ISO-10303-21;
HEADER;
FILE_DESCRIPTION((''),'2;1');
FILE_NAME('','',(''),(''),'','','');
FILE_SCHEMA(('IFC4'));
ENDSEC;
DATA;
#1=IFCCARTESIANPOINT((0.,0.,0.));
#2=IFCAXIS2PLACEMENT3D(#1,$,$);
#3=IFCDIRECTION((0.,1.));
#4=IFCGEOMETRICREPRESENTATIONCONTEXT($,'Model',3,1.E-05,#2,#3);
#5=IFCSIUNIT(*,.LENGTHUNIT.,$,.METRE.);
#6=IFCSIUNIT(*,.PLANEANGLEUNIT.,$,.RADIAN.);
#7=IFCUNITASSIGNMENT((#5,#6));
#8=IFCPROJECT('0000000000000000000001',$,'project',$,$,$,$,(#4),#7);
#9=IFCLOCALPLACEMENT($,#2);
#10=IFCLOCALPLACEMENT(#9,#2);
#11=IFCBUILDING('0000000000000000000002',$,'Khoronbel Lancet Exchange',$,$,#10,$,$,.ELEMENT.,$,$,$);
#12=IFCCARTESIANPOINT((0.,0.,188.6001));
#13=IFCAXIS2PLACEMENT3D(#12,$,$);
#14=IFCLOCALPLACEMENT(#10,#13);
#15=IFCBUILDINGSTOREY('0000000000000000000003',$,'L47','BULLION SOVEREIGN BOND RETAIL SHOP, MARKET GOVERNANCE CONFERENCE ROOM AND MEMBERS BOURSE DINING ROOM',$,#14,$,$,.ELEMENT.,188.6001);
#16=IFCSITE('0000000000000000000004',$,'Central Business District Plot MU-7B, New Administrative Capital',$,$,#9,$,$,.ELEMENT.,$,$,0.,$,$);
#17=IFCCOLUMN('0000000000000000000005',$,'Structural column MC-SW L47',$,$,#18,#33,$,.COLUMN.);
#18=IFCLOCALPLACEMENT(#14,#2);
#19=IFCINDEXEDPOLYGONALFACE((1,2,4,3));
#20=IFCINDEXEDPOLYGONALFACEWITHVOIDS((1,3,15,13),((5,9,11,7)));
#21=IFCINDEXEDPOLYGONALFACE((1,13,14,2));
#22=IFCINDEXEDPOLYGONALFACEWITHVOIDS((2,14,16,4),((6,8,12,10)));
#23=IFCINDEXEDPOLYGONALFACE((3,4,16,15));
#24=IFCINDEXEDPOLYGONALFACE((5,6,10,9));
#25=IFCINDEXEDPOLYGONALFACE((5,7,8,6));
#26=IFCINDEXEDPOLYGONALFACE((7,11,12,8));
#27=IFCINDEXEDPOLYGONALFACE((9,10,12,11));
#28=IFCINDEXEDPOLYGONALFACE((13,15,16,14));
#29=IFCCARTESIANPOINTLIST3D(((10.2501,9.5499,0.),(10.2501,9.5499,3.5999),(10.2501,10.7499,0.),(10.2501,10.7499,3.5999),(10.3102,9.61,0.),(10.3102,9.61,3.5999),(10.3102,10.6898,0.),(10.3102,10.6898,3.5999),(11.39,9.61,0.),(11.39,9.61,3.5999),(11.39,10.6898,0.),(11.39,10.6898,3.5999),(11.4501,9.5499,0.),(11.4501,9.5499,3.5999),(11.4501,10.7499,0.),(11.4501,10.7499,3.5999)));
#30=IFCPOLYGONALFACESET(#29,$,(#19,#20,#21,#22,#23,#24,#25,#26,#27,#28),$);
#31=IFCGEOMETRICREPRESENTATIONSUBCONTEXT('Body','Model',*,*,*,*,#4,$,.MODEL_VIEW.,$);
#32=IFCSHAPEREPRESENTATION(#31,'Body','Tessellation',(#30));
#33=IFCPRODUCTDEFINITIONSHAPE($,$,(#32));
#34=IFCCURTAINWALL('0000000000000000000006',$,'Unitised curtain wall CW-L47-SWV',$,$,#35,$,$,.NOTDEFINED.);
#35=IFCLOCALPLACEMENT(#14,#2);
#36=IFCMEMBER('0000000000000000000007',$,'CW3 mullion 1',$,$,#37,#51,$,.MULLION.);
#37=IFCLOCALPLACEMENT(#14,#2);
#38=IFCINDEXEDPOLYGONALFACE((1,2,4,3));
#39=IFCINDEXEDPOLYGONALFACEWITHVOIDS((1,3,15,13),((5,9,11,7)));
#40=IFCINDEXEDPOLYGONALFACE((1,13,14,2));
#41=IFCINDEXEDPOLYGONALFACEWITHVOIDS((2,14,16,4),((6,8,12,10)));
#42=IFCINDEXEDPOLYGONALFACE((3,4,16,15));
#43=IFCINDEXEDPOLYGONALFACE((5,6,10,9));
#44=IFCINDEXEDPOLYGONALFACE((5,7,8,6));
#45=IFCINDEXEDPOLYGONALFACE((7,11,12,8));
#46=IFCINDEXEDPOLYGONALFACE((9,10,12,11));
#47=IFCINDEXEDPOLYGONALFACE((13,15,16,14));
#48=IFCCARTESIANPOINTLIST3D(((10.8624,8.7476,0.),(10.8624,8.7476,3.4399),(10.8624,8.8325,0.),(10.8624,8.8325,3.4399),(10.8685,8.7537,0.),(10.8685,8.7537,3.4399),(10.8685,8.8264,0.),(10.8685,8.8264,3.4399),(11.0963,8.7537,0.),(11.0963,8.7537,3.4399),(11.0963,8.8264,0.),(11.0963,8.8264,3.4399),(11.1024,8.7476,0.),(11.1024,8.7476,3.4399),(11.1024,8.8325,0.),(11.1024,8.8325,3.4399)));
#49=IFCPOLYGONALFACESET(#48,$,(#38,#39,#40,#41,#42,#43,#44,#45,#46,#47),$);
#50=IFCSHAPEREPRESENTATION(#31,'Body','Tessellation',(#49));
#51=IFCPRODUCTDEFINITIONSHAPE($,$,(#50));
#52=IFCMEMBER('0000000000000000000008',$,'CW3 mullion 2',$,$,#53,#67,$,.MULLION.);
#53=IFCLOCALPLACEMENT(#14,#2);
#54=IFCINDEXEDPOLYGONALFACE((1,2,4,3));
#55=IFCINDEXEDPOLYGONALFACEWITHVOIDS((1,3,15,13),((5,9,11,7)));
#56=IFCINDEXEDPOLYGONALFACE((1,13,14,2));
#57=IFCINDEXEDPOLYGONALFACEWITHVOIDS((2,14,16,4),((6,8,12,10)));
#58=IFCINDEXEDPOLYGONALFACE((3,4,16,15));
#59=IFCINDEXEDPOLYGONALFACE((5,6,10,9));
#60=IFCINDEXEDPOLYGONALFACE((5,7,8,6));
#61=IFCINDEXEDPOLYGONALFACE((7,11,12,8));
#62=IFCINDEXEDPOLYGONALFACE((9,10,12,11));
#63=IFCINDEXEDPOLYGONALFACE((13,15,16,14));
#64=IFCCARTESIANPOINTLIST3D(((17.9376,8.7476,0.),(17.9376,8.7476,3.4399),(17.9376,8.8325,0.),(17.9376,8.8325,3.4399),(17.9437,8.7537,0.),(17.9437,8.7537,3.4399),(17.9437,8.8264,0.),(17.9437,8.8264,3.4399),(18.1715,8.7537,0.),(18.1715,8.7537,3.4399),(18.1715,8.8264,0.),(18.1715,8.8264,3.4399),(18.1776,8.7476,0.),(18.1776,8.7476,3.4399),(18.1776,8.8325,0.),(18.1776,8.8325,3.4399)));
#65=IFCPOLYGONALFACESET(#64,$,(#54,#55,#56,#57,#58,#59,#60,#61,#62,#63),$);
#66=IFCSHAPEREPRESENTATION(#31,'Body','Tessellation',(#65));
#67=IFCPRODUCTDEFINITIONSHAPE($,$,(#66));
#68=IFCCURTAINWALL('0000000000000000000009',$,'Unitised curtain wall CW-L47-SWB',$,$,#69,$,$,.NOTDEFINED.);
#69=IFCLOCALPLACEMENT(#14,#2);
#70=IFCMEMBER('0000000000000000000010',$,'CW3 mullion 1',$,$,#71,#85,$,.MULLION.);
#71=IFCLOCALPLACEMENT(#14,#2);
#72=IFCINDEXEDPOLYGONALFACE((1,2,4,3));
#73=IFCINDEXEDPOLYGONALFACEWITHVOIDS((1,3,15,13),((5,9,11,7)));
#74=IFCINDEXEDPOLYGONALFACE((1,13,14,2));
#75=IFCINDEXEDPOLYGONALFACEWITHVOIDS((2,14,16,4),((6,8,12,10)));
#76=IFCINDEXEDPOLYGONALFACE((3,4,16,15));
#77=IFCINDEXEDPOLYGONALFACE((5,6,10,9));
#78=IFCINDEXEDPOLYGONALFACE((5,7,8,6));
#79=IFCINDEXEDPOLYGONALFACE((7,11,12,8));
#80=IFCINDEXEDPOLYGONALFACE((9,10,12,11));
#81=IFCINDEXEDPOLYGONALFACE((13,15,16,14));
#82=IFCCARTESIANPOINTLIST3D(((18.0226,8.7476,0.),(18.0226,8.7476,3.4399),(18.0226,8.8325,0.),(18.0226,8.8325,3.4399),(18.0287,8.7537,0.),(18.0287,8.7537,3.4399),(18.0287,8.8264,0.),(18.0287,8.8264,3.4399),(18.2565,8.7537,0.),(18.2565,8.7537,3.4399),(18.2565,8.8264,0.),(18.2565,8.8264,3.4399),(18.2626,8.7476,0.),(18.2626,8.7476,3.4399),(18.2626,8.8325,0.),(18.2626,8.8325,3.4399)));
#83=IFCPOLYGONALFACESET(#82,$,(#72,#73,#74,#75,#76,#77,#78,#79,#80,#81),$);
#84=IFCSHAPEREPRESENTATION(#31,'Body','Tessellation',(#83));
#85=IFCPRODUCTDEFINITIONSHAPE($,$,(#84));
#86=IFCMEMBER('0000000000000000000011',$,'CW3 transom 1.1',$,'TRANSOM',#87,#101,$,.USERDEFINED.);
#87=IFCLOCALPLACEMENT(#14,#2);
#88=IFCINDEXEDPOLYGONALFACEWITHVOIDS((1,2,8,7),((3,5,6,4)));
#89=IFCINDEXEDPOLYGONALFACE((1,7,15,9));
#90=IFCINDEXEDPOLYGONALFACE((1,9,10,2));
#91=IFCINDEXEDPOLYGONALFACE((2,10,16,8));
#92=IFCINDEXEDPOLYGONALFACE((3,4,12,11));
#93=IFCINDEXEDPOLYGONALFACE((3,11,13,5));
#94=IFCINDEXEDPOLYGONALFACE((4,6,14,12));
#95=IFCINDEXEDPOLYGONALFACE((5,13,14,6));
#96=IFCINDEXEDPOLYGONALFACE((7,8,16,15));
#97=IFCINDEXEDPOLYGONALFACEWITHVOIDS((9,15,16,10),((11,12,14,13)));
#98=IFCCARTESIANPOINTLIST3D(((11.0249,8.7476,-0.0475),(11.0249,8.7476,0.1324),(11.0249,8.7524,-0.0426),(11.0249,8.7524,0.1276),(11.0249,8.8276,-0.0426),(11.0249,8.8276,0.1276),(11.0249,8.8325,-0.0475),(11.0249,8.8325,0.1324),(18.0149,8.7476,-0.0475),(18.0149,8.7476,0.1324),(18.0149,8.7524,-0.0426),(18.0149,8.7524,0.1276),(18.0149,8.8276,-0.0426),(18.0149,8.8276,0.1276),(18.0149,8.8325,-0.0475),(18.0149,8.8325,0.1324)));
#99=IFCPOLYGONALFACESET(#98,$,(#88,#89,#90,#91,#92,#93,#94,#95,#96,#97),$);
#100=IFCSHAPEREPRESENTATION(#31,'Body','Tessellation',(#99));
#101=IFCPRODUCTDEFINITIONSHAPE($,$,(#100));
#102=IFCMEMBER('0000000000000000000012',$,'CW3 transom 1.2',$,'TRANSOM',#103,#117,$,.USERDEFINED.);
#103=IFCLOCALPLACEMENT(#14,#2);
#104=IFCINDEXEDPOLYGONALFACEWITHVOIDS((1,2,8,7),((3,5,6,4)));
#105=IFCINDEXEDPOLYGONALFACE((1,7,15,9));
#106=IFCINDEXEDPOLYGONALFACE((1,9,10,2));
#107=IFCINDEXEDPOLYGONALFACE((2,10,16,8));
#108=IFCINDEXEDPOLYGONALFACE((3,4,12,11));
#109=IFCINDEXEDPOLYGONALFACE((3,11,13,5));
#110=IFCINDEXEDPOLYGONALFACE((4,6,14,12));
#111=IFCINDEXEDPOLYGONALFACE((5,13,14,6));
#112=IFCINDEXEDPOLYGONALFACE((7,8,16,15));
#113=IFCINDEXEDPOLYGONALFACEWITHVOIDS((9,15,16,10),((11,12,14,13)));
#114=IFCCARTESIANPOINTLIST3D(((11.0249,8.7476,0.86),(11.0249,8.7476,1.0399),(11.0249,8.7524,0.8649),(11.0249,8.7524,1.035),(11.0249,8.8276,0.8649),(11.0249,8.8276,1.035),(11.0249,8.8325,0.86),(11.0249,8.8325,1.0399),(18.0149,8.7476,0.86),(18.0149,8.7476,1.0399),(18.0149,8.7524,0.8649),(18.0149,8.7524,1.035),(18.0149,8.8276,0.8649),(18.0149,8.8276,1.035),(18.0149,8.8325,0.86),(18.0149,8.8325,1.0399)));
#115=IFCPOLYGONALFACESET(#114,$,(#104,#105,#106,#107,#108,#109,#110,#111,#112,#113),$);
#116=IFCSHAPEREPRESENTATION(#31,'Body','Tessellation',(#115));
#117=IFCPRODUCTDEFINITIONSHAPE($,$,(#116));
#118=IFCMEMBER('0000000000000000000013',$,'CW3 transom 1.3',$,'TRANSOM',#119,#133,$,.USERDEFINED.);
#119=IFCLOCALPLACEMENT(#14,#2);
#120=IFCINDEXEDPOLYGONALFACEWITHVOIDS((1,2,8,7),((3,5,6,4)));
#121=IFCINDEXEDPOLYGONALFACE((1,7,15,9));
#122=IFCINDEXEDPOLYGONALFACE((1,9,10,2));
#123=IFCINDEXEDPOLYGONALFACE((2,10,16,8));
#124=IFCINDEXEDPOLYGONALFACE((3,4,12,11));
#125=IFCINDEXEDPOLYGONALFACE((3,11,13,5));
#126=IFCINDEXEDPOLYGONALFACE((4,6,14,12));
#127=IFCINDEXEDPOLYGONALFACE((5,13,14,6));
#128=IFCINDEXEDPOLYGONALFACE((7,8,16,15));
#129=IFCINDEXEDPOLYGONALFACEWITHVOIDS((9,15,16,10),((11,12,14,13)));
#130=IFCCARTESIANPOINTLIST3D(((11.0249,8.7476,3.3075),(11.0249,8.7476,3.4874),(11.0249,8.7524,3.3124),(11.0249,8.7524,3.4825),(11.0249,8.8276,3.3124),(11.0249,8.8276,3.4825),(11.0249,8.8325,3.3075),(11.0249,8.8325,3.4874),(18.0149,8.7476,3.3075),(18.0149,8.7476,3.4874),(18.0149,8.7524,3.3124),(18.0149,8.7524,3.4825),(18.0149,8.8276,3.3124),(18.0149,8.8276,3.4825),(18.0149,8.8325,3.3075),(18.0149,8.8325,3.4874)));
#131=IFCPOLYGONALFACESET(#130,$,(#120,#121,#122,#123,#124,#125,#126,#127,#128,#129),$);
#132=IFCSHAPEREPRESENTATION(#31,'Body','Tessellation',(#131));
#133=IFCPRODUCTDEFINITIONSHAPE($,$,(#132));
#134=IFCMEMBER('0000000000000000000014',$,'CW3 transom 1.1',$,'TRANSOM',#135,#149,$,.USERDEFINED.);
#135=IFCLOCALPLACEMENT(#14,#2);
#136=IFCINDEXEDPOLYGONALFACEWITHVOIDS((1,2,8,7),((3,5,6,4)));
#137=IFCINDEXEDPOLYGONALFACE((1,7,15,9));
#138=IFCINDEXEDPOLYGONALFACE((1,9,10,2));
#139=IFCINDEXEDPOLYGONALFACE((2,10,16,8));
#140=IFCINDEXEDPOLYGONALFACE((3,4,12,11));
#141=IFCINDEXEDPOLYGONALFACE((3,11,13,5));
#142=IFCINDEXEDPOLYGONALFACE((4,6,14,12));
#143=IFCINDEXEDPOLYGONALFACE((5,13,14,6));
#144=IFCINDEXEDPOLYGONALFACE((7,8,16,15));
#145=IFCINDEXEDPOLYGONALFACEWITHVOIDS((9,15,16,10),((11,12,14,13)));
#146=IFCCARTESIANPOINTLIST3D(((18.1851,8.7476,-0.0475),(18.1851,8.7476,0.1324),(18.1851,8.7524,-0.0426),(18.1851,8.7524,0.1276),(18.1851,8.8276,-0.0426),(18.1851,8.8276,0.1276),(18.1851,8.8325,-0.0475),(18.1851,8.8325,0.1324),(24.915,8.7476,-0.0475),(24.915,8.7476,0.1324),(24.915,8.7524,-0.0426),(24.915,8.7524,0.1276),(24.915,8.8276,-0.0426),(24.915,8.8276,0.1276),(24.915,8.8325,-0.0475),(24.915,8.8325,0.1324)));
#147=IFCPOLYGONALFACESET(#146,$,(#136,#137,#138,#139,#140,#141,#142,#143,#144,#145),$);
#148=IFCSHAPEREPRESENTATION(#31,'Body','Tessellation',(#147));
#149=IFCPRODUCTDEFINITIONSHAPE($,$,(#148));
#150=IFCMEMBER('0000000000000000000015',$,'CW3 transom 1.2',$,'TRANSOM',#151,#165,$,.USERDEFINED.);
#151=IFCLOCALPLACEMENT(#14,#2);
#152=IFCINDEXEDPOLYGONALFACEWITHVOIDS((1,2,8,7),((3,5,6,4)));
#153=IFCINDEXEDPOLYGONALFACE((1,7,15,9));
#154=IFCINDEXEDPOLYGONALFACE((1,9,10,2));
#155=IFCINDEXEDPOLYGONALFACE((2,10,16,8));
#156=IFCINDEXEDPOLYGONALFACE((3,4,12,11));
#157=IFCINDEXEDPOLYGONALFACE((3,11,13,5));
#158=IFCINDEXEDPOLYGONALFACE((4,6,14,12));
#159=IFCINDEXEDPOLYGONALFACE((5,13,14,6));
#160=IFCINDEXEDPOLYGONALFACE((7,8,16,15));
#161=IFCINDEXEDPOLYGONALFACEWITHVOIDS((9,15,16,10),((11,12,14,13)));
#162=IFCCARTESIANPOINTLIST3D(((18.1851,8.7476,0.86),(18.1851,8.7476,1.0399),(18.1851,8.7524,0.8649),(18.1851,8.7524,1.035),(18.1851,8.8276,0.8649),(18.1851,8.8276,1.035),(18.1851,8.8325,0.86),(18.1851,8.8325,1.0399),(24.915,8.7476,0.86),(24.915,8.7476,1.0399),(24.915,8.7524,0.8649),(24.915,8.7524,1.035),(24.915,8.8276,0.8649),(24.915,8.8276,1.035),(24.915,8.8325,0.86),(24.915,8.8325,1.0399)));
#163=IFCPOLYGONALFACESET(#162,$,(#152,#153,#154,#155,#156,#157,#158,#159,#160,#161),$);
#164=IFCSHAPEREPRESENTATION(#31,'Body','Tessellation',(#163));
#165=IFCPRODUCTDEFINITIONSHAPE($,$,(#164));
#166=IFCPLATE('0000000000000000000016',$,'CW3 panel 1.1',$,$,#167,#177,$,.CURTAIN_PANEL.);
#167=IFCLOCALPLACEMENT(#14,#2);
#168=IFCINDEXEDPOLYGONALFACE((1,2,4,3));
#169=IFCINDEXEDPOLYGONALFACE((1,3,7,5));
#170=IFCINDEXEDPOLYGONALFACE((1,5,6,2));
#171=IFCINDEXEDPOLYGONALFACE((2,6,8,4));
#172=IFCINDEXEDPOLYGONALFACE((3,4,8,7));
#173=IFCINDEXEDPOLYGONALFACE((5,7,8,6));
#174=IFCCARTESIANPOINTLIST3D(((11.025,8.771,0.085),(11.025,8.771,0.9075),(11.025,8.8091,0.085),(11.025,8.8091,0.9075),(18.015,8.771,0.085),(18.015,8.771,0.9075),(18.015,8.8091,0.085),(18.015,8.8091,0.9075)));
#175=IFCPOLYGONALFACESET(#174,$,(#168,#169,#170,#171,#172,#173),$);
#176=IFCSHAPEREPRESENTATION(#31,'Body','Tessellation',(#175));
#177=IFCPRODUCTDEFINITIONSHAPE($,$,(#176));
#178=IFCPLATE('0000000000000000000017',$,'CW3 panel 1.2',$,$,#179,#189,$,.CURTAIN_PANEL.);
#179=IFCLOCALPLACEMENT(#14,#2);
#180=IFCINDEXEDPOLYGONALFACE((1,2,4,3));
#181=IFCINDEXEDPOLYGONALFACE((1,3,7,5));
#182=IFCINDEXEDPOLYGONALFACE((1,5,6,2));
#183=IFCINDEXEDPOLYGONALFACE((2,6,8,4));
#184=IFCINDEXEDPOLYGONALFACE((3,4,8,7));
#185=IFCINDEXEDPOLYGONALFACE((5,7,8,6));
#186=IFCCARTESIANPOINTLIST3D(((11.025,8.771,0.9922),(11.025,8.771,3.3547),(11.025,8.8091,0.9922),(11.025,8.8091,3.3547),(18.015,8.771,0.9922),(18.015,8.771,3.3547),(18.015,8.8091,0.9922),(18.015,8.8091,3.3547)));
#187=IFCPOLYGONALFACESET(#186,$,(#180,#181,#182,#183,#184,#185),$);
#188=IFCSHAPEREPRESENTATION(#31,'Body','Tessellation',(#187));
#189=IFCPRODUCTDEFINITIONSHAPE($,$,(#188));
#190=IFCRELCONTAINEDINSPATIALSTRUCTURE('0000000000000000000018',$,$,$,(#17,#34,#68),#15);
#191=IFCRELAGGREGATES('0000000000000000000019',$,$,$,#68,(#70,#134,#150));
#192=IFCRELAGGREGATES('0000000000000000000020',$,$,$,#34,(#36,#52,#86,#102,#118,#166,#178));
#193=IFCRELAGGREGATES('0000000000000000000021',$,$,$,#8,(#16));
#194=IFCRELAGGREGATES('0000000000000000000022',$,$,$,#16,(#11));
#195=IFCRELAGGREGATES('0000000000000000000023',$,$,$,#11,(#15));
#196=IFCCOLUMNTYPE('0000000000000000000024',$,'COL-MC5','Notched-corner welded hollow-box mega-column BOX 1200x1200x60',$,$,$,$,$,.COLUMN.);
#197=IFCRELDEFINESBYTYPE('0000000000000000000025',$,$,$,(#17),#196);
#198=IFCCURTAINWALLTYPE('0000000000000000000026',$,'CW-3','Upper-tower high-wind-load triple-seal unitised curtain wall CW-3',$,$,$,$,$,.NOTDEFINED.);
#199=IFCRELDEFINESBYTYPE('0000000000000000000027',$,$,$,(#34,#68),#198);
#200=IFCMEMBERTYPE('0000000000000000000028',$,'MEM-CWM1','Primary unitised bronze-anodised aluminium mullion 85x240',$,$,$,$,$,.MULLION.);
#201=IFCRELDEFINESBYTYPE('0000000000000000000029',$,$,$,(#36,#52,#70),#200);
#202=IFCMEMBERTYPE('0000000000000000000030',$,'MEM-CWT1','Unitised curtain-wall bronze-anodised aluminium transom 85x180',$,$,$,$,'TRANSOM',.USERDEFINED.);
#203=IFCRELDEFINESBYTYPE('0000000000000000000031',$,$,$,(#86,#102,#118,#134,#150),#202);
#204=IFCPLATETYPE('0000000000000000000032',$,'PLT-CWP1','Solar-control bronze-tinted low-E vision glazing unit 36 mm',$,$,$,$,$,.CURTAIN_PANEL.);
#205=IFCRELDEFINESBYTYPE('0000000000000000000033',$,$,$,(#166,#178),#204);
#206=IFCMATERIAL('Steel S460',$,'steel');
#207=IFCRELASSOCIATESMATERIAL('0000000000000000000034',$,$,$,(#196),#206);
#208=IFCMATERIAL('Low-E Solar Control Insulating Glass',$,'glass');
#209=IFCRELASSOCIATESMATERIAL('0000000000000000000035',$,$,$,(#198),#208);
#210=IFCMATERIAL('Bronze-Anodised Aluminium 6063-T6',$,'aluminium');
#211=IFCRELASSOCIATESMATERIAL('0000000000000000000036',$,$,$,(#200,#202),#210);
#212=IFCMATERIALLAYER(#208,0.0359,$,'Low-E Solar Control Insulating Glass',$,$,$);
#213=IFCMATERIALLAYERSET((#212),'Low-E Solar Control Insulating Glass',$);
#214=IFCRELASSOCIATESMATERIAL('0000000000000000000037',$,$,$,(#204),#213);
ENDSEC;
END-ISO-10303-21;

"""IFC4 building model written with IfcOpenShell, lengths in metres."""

from ifc_helpers import new_model, si_unit, direction, frame, origin, origin_2d, place, context, subcontext, project, spatial, rectangle, hollow_rectangle, extrude, material, layer, layer_set, material_profile, profile_set, type_object, element, aggregate, save


model = new_model("IFC4")

# Units and contexts
model_context = context("Model", 3, precision=1e-05, world=origin(), true_north=direction((0.0, 1.0)))
body_context = subcontext(model_context, "Body", "Model", "MODEL_VIEW")
ifc_project = project(units=[si_unit("LENGTHUNIT", "METRE"), si_unit("PLANEANGLEUNIT", "RADIAN")], contexts=[model_context])

# Site, building, storey
site_placement = place(None, origin())
site = spatial("IfcSite", under=ifc_project, at=site_placement, Name="Central Business District Plot MU-7B, New Administrative Capital", CompositionType="ELEMENT", RefElevation=0.0)
building_placement = place(site_placement, origin())
building = spatial("IfcBuilding", under=site, at=building_placement, Name="Khoronbel Lancet Exchange", CompositionType="ELEMENT")
storey_placement = place(building_placement, frame((0.0, 0.0, 188.6001)))
storey = spatial("IfcBuildingStorey", under=building, at=storey_placement, Name="L47", Description="BULLION SOVEREIGN BOND RETAIL SHOP, MARKET GOVERNANCE CONFERENCE ROOM AND MEMBERS BOURSE DINING ROOM", CompositionType="ELEMENT", Elevation=188.6001)

# Column
ifc_material_1 = material(Name="Steel S460", Category="steel")
ifc_material_profile_1 = material_profile(ifc_material_1, hollow_rectangle(XDim=1.2, YDim=1.2, WallThickness=0.0601, at=origin_2d()), Name="BOX 1200x1200x60")
ifc_profile_set_1 = profile_set([ifc_material_profile_1], Name="Steel S460")
column_type = type_object("IfcColumnType", Name="COL-MC5", Description="Notched-corner welded hollow-box mega-column BOX 1200x1200x60", PredefinedType="COLUMN", material=ifc_profile_set_1)
column_placement = place(storey_placement, frame((10.8501, 10.1499, 0.0), z_axis=(0.0, 0.0, 1.0), x_axis=(1.0, 0.0, 0.0)))
element("IfcColumn", 1, at=column_placement, inside=storey, type_object=column_type, Name="Structural column MC-SW L47", PredefinedType="COLUMN", context=body_context, shape_type="SweptSolid", body=[
    extrude(hollow_rectangle(XDim=1.2, YDim=1.2, WallThickness=0.0601, at=origin_2d()), origin(), (0.0, 0.0, 1.0), 3.5999),
])

# Curtain wall, members
ifc_material_2 = material(Name="Low-E Solar Control Insulating Glass", Category="glass")
curtain_wall_type = type_object("IfcCurtainWallType", Name="CW-3", Description="Upper-tower high-wind-load triple-seal unitised curtain wall CW-3", PredefinedType="NOTDEFINED", material=ifc_material_2)
curtain_wall_1_placement = place(storey_placement, origin())
curtain_wall_1 = element("IfcCurtainWall", 2, at=curtain_wall_1_placement, inside=storey, type_object=curtain_wall_type, Name="Unitised curtain wall CW-L47-SWV", PredefinedType="NOTDEFINED")
ifc_material_3 = material(Name="Bronze-Anodised Aluminium 6063-T6", Category="aluminium")
ifc_material_profile_2 = material_profile(ifc_material_3, hollow_rectangle(XDim=0.085, YDim=0.24, WallThickness=0.0061, at=origin_2d()), Name="ALU MULLION 85x240")
ifc_profile_set_2 = profile_set([ifc_material_profile_2], Name="Bronze-Anodised Aluminium 6063-T6")
member_type_1 = type_object("IfcMemberType", Name="MEM-CWM1", Description="Primary unitised bronze-anodised aluminium mullion 85x240", PredefinedType="MULLION", material=ifc_profile_set_2)
member_1_placement = place(storey_placement, frame((10.9824, 8.79, 0.0), z_axis=(0.0, 0.0, 1.0), x_axis=(0.0, 1.0, 0.0)))
member_1 = element("IfcMember", 3, at=member_1_placement, type_object=member_type_1, Name="CW3 mullion 1", PredefinedType="MULLION", context=body_context, shape_type="SweptSolid", body=[
    extrude(hollow_rectangle(XDim=0.085, YDim=0.24, WallThickness=0.0061, at=origin_2d()), origin(), (0.0, 0.0, 1.0), 3.4399),
])
member_2_placement = place(storey_placement, frame((18.0576, 8.79, 0.0), z_axis=(0.0, 0.0, 1.0), x_axis=(0.0, 1.0, 0.0)))
member_2 = element("IfcMember", 4, at=member_2_placement, type_object=member_type_1, Name="CW3 mullion 2", PredefinedType="MULLION", context=body_context, shape_type="SweptSolid", body=[
    extrude(hollow_rectangle(XDim=0.085, YDim=0.24, WallThickness=0.0061, at=origin_2d()), origin(), (0.0, 0.0, 1.0), 3.4399),
])

# Curtain wall, member
curtain_wall_2_placement = place(storey_placement, origin())
curtain_wall_2 = element("IfcCurtainWall", 5, at=curtain_wall_2_placement, inside=storey, type_object=curtain_wall_type, Name="Unitised curtain wall CW-L47-SWB", PredefinedType="NOTDEFINED")
member_3_placement = place(storey_placement, frame((18.1426, 8.79, 0.0), z_axis=(0.0, 0.0, 1.0), x_axis=(0.0, 1.0, 0.0)))
member_3 = element("IfcMember", 6, at=member_3_placement, type_object=member_type_1, Name="CW3 mullion 1", PredefinedType="MULLION", context=body_context, shape_type="SweptSolid", body=[
    extrude(hollow_rectangle(XDim=0.085, YDim=0.24, WallThickness=0.0061, at=origin_2d()), origin(), (0.0, 0.0, 1.0), 3.4399),
])

# Members
ifc_material_profile_3 = material_profile(ifc_material_3, hollow_rectangle(XDim=0.085, YDim=0.1799, WallThickness=0.0049, at=origin_2d()), Name="ALU TRANSOM 85x180")
ifc_profile_set_3 = profile_set([ifc_material_profile_3], Name="Bronze-Anodised Aluminium 6063-T6")
member_type_2 = type_object("IfcMemberType", Name="MEM-CWT1", Description="Unitised curtain-wall bronze-anodised aluminium transom 85x180", ElementType="TRANSOM", PredefinedType="USERDEFINED", material=ifc_profile_set_3)
member_4_placement = place(storey_placement, frame((11.0249, 8.79, 0.0425), z_axis=(1.0, 0.0, 0.0), x_axis=(0.0, 1.0, 0.0)))
member_4 = element("IfcMember", 7, at=member_4_placement, type_object=member_type_2, Name="CW3 transom 1.1", ObjectType="TRANSOM", PredefinedType="USERDEFINED", context=body_context, shape_type="SweptSolid", body=[
    extrude(hollow_rectangle(XDim=0.085, YDim=0.1799, WallThickness=0.0049, at=origin_2d()), origin(), (0.0, 0.0, 1.0), 6.99),
])
member_5_placement = place(storey_placement, frame((11.0249, 8.79, 0.95), z_axis=(1.0, 0.0, 0.0), x_axis=(0.0, 1.0, 0.0)))
member_5 = element("IfcMember", 8, at=member_5_placement, type_object=member_type_2, Name="CW3 transom 1.2", ObjectType="TRANSOM", PredefinedType="USERDEFINED", context=body_context, shape_type="SweptSolid", body=[
    extrude(hollow_rectangle(XDim=0.085, YDim=0.1799, WallThickness=0.0049, at=origin_2d()), origin(), (0.0, 0.0, 1.0), 6.99),
])
member_6_placement = place(storey_placement, frame((11.0249, 8.79, 3.3975), z_axis=(1.0, 0.0, 0.0), x_axis=(0.0, 1.0, 0.0)))
member_6 = element("IfcMember", 9, at=member_6_placement, type_object=member_type_2, Name="CW3 transom 1.3", ObjectType="TRANSOM", PredefinedType="USERDEFINED", context=body_context, shape_type="SweptSolid", body=[
    extrude(hollow_rectangle(XDim=0.085, YDim=0.1799, WallThickness=0.0049, at=origin_2d()), origin(), (0.0, 0.0, 1.0), 6.99),
])
member_7_placement = place(storey_placement, frame((18.1851, 8.79, 0.0425), z_axis=(1.0, 0.0, 0.0), x_axis=(0.0, 1.0, 0.0)))
member_7 = element("IfcMember", 10, at=member_7_placement, type_object=member_type_2, Name="CW3 transom 1.1", ObjectType="TRANSOM", PredefinedType="USERDEFINED", context=body_context, shape_type="SweptSolid", body=[
    extrude(hollow_rectangle(XDim=0.085, YDim=0.1799, WallThickness=0.0049, at=origin_2d()), origin(), (0.0, 0.0, 1.0), 6.73),
])
member_8_placement = place(storey_placement, frame((18.1851, 8.79, 0.95), z_axis=(1.0, 0.0, 0.0), x_axis=(0.0, 1.0, 0.0)))
member_8 = element("IfcMember", 11, at=member_8_placement, type_object=member_type_2, Name="CW3 transom 1.2", ObjectType="TRANSOM", PredefinedType="USERDEFINED", context=body_context, shape_type="SweptSolid", body=[
    extrude(hollow_rectangle(XDim=0.085, YDim=0.1799, WallThickness=0.0049, at=origin_2d()), origin(), (0.0, 0.0, 1.0), 6.73),
])
aggregate(curtain_wall_2, [member_3, member_7, member_8])

# Plates
ifc_layer_1 = layer(ifc_material_2, 0.0359, Name="Low-E Solar Control Insulating Glass")
ifc_layer_set_1 = layer_set([ifc_layer_1], Name="Low-E Solar Control Insulating Glass")
plate_type_1 = type_object("IfcPlateType", Name="PLT-CWP1", Description="Solar-control bronze-tinted low-E vision glazing unit 36 mm", PredefinedType="CURTAIN_PANEL", material=ifc_layer_set_1)
plate_1_placement = place(storey_placement, frame((14.52, 8.79, 0.085), z_axis=(0.0, 0.0, 1.0), x_axis=(1.0, 0.0, 0.0)))
plate_1 = element("IfcPlate", 12, at=plate_1_placement, type_object=plate_type_1, Name="CW3 panel 1.1", PredefinedType="CURTAIN_PANEL", context=body_context, shape_type="SweptSolid", body=[
    extrude(rectangle(XDim=6.99, YDim=0.0381, at=origin_2d()), origin(), (0.0, 0.0, 1.0), 0.8225),
])
plate_2_placement = place(storey_placement, frame((14.52, 8.79, 0.9922), z_axis=(0.0, 0.0, 1.0), x_axis=(1.0, 0.0, 0.0)))
plate_2 = element("IfcPlate", 13, at=plate_2_placement, type_object=plate_type_1, Name="CW3 panel 1.2", PredefinedType="CURTAIN_PANEL", context=body_context, shape_type="SweptSolid", body=[
    extrude(rectangle(XDim=6.99, YDim=0.0381, at=origin_2d()), origin(), (0.0, 0.0, 1.0), 2.3625),
])
aggregate(curtain_wall_1, [member_1, member_2, member_4, member_5, member_6, plate_1, plate_2])

save(model, "model.ifc")
